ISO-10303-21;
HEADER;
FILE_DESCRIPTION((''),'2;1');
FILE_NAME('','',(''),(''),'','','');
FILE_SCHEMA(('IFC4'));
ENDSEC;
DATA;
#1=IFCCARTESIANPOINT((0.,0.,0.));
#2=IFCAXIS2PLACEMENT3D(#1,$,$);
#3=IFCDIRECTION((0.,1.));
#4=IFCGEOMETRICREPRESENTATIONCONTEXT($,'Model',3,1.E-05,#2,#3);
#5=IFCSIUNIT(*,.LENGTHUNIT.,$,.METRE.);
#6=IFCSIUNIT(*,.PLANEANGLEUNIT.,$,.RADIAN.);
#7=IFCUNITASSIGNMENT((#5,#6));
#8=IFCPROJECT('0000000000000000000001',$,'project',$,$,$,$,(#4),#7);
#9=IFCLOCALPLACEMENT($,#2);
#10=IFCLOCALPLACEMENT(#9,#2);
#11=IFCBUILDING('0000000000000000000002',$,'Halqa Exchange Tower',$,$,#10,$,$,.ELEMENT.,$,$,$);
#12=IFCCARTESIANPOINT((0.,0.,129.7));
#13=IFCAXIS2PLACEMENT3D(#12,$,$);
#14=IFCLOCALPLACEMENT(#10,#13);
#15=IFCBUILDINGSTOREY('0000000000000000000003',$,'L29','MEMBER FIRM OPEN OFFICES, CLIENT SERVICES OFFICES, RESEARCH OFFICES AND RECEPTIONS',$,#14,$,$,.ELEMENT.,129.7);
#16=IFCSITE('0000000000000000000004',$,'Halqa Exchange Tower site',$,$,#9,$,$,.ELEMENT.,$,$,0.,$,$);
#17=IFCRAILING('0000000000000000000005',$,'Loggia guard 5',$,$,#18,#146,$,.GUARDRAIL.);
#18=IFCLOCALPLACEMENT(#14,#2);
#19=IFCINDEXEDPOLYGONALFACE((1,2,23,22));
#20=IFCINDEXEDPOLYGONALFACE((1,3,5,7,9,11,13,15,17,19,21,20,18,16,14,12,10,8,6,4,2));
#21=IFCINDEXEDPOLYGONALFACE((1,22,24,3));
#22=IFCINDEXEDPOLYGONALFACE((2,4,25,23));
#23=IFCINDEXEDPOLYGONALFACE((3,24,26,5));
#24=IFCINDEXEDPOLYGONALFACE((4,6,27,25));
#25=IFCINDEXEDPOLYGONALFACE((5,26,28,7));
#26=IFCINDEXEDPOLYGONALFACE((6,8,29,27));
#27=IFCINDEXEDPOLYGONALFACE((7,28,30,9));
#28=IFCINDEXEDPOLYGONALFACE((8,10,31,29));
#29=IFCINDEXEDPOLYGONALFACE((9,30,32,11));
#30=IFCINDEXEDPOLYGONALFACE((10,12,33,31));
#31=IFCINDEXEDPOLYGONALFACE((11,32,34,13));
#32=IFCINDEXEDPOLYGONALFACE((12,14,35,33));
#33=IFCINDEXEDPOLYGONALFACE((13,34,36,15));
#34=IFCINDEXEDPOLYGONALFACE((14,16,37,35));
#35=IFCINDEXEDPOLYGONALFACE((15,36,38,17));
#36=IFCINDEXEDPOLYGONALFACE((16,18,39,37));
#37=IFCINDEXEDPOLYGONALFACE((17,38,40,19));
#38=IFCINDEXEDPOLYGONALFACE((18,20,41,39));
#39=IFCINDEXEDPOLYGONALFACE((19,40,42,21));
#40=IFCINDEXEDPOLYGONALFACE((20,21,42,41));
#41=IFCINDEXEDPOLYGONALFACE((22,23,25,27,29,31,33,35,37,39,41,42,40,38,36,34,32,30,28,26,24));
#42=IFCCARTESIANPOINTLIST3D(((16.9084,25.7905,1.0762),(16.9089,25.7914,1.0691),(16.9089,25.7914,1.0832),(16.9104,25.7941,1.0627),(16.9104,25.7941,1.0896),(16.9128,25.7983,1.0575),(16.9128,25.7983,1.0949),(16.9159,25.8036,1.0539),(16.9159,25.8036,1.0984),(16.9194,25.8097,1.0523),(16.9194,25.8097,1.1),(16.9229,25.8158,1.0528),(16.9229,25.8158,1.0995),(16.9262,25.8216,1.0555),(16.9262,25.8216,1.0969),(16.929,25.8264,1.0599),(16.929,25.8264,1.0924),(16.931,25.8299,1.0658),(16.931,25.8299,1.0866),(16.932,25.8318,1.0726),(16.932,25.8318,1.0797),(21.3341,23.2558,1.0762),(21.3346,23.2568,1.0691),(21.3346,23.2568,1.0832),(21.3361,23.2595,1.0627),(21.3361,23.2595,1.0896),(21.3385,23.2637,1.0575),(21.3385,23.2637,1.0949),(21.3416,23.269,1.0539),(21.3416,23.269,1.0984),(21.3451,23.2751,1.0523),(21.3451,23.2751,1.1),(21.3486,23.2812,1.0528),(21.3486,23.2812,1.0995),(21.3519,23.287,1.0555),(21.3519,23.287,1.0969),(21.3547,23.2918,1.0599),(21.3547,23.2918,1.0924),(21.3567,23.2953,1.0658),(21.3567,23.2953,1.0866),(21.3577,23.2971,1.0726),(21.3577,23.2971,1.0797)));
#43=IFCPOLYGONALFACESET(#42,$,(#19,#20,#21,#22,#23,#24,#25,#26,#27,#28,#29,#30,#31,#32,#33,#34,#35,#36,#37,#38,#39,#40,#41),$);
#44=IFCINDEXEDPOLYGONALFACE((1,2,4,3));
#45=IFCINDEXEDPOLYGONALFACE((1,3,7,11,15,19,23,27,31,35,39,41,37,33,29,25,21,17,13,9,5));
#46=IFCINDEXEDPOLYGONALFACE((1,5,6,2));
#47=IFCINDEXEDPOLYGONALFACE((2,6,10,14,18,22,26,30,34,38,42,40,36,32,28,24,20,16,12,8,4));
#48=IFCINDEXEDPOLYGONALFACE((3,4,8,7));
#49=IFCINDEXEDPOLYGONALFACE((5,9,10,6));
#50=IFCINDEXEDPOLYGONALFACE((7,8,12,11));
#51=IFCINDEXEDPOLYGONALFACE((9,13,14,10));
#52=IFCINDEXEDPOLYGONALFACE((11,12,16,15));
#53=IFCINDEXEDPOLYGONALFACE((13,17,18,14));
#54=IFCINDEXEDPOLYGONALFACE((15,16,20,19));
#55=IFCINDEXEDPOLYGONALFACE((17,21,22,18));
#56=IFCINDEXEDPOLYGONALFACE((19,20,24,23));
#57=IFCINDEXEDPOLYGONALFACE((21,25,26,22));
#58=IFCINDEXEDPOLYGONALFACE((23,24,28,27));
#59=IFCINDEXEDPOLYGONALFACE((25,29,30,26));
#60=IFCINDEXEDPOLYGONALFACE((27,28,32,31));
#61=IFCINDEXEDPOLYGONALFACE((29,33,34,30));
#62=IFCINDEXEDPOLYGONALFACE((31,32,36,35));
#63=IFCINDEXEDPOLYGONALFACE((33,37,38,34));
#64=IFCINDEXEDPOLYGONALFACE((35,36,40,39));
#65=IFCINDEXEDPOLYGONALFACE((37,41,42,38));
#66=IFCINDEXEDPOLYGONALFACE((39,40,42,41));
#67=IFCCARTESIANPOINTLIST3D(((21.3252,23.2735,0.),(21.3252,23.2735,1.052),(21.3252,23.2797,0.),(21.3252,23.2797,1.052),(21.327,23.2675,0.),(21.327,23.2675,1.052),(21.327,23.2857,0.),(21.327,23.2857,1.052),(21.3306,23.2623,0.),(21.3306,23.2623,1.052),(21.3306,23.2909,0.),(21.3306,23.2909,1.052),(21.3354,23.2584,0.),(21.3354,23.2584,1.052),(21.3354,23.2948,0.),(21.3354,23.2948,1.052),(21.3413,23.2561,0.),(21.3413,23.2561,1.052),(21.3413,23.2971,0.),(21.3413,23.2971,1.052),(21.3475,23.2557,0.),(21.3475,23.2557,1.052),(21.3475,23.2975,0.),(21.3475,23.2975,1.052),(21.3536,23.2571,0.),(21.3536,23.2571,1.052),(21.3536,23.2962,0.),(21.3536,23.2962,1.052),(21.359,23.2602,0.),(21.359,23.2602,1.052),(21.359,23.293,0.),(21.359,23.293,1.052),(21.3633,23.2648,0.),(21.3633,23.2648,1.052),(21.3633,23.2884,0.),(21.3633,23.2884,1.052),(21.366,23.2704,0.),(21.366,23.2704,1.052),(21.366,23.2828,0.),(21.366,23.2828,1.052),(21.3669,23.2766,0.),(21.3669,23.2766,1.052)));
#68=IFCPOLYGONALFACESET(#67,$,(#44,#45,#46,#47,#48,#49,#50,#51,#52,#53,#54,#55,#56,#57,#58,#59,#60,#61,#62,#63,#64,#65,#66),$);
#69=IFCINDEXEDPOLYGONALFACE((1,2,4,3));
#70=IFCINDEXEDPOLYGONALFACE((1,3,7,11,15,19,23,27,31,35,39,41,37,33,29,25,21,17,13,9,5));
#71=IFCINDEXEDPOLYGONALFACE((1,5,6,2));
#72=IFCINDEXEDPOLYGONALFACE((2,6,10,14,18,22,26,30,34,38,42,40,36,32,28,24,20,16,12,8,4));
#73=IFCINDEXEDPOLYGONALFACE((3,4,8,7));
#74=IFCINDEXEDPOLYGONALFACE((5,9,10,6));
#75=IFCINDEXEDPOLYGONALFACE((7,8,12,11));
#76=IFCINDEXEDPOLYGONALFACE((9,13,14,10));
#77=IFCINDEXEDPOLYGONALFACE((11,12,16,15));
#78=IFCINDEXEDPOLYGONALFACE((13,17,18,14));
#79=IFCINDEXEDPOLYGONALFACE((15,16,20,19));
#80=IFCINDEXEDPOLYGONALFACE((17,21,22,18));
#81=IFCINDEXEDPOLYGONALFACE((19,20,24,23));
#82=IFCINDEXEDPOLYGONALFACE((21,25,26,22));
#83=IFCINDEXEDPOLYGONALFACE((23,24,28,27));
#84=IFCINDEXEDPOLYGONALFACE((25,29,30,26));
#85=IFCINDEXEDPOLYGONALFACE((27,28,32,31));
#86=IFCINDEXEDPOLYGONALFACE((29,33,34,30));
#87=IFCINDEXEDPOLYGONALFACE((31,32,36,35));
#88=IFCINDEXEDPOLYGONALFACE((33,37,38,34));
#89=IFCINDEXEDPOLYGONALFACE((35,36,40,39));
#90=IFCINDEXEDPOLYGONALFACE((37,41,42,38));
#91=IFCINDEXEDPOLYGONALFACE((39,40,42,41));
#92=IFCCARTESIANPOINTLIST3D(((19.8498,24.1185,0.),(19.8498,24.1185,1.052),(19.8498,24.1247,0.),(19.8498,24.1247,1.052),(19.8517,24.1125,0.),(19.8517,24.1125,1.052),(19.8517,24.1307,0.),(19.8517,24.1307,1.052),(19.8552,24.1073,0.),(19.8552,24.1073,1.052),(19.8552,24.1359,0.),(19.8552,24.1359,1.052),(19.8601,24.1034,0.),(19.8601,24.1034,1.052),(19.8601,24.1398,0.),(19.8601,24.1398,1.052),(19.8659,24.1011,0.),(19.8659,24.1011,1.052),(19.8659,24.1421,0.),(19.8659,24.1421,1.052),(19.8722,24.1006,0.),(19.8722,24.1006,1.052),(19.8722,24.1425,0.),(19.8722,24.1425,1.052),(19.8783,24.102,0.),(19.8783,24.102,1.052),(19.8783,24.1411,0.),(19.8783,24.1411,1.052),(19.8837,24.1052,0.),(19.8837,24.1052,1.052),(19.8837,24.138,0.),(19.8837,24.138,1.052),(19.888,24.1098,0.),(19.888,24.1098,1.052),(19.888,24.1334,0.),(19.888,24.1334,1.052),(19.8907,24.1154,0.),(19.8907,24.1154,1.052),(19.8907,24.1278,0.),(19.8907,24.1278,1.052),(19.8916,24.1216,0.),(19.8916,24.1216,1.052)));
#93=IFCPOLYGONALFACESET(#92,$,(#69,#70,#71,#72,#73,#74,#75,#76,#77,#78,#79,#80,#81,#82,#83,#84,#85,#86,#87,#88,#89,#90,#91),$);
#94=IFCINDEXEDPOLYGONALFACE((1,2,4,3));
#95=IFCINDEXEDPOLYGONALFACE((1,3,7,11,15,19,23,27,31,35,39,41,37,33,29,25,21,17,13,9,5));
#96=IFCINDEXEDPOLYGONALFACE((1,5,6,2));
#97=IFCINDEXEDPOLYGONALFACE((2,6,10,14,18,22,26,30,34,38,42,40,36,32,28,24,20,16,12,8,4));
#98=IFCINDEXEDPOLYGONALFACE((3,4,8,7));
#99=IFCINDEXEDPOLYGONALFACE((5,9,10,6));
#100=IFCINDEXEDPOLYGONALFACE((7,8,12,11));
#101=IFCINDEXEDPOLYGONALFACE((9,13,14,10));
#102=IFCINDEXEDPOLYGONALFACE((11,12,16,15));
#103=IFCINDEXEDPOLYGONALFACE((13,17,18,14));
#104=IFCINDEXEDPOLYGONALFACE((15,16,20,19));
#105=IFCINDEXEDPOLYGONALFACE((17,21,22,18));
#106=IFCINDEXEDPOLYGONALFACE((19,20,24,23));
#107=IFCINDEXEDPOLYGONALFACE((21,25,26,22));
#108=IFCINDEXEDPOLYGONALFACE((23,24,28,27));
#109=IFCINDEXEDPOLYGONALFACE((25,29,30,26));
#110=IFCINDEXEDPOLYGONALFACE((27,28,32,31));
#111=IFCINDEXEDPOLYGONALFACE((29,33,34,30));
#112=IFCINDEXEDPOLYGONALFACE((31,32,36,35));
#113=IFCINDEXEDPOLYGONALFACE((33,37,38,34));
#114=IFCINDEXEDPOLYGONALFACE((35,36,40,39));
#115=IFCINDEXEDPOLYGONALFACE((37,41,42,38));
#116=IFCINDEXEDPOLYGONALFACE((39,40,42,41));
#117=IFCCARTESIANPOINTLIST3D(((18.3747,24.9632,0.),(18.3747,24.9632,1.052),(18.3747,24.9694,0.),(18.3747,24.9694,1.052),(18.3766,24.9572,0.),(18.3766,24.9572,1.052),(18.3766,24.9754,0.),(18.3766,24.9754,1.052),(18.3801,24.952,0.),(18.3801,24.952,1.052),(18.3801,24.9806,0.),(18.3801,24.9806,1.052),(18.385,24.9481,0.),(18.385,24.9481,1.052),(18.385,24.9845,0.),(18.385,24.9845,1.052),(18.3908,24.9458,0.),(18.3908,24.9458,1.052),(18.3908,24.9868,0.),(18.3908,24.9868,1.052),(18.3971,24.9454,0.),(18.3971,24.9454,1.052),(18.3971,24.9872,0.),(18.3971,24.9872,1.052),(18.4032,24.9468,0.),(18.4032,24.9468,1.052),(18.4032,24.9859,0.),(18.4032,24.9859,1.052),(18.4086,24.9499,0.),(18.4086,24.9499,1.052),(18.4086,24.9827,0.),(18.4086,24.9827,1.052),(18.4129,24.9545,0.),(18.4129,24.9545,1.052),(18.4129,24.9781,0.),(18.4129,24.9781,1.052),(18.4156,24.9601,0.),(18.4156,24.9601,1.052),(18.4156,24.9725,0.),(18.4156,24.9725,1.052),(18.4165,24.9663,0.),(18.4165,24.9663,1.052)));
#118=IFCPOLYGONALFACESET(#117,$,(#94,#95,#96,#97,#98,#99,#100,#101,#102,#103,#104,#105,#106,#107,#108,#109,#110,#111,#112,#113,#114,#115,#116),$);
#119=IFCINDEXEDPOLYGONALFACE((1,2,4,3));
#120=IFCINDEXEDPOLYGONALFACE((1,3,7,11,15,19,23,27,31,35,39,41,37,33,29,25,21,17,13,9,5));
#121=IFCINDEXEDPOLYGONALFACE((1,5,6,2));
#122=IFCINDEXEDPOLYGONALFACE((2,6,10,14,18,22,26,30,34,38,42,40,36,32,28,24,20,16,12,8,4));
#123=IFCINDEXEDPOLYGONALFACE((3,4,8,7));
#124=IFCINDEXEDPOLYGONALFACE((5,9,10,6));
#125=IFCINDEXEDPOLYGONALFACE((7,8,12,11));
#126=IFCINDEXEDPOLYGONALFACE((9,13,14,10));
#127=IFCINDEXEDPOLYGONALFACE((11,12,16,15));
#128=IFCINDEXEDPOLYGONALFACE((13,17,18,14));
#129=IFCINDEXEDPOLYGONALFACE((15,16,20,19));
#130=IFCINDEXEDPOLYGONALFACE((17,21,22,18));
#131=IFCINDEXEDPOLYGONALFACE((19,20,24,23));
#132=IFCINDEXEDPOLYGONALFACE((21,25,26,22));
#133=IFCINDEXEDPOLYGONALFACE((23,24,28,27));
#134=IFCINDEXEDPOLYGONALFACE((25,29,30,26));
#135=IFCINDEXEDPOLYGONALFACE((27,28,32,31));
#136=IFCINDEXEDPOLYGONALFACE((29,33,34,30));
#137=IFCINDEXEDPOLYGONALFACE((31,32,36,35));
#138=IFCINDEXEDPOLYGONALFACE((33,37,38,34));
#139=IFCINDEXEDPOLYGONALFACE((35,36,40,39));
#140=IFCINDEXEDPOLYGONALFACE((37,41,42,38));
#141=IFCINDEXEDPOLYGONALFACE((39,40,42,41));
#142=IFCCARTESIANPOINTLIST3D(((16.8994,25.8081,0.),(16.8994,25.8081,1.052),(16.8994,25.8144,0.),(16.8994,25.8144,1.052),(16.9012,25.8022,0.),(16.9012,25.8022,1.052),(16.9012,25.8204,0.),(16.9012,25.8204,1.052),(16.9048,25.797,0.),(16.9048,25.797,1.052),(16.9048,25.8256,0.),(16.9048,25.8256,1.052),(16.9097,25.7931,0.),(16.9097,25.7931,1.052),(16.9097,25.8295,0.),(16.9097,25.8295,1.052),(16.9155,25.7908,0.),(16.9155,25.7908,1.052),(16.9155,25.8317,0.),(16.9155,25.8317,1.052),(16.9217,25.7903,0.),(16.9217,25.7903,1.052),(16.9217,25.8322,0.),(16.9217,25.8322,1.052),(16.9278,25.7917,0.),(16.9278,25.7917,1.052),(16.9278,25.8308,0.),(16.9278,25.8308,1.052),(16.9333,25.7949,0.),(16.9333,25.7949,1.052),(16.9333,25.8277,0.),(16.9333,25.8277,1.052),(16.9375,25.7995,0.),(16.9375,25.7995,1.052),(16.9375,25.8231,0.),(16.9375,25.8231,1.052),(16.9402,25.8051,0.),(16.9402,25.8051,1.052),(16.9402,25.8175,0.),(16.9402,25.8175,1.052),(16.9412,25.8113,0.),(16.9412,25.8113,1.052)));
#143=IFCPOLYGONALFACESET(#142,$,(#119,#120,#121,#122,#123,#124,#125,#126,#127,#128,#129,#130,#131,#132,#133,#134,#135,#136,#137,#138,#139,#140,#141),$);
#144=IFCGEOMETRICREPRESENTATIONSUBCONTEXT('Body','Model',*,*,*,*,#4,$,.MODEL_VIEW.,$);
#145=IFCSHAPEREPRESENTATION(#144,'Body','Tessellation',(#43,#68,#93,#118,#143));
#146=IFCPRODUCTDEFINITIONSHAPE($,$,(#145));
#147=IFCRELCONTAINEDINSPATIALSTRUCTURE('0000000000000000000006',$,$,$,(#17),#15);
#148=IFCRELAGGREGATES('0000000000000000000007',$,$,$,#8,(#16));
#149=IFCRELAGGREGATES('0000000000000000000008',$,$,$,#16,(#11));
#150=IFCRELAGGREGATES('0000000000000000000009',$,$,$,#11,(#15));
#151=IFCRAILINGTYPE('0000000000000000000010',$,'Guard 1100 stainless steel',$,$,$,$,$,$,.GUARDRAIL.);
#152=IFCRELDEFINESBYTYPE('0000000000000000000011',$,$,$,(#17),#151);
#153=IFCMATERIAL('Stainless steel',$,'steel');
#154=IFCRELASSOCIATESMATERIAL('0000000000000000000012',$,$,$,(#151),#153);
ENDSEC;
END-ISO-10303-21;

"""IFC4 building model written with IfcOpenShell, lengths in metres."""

from ifc_helpers import new_model, si_unit, direction, frame, origin, origin_2d, place, context, subcontext, project, spatial, circle, extrude, material, type_object, element, save


model = new_model("IFC4")

# Units and contexts
model_context = context("Model", 3, precision=1e-05, world=origin(), true_north=direction((0.0, 1.0)))
body_context = subcontext(model_context, "Body", "Model", "MODEL_VIEW")
ifc_project = project(units=[si_unit("LENGTHUNIT", "METRE"), si_unit("PLANEANGLEUNIT", "RADIAN")], contexts=[model_context])

# Site, building, storey
site_placement = place(None, origin())
site = spatial("IfcSite", under=ifc_project, at=site_placement, Name="Halqa Exchange Tower site", CompositionType="ELEMENT", RefElevation=0.0)
building_placement = place(site_placement, origin())
building = spatial("IfcBuilding", under=site, at=building_placement, Name="Halqa Exchange Tower", CompositionType="ELEMENT")
storey_placement = place(building_placement, frame((0.0, 0.0, 129.7)))
storey = spatial("IfcBuildingStorey", under=building, at=storey_placement, Name="L29", Description="MEMBER FIRM OPEN OFFICES, CLIENT SERVICES OFFICES, RESEARCH OFFICES AND RECEPTIONS", CompositionType="ELEMENT", Elevation=129.7)

# Railing
ifc_material_1 = material(Name="Stainless steel", Category="steel")
railing_type = type_object("IfcRailingType", Name="Guard 1100 stainless steel", PredefinedType="GUARDRAIL", material=ifc_material_1)
railing_1_placement = place(storey_placement, frame((21.3459, 23.2766, 0.0)))
element("IfcRailing", 1, at=railing_1_placement, inside=storey, type_object=railing_type, Name="Loggia guard 5", PredefinedType="GUARDRAIL", context=body_context, shape_type="SweptSolid", body=[
    extrude(circle(Radius=0.0239, at=origin_2d()), frame((0.0, 0.0, 1.0762), z_axis=(-0.867766, 0.496974, 0.0), x_axis=(-0.496974, -0.867766, 0.0)), (0.0, 0.0, 1.0), 5.1001),
    extrude(circle(Radius=0.021, at=origin_2d()), origin(), (0.0, 0.0, 1.0), 1.052),
    extrude(circle(Radius=0.021, at=origin_2d()), frame((-1.4753, 0.845, 0.0)), (0.0, 0.0, 1.0), 1.052),
    extrude(circle(Radius=0.021, at=origin_2d()), frame((-2.9504, 1.6897, 0.0)), (0.0, 0.0, 1.0), 1.052),
    extrude(circle(Radius=0.021, at=origin_2d()), frame((-4.4258, 2.5347, 0.0)), (0.0, 0.0, 1.0), 1.052),
])

save(model, "model.ifc")
